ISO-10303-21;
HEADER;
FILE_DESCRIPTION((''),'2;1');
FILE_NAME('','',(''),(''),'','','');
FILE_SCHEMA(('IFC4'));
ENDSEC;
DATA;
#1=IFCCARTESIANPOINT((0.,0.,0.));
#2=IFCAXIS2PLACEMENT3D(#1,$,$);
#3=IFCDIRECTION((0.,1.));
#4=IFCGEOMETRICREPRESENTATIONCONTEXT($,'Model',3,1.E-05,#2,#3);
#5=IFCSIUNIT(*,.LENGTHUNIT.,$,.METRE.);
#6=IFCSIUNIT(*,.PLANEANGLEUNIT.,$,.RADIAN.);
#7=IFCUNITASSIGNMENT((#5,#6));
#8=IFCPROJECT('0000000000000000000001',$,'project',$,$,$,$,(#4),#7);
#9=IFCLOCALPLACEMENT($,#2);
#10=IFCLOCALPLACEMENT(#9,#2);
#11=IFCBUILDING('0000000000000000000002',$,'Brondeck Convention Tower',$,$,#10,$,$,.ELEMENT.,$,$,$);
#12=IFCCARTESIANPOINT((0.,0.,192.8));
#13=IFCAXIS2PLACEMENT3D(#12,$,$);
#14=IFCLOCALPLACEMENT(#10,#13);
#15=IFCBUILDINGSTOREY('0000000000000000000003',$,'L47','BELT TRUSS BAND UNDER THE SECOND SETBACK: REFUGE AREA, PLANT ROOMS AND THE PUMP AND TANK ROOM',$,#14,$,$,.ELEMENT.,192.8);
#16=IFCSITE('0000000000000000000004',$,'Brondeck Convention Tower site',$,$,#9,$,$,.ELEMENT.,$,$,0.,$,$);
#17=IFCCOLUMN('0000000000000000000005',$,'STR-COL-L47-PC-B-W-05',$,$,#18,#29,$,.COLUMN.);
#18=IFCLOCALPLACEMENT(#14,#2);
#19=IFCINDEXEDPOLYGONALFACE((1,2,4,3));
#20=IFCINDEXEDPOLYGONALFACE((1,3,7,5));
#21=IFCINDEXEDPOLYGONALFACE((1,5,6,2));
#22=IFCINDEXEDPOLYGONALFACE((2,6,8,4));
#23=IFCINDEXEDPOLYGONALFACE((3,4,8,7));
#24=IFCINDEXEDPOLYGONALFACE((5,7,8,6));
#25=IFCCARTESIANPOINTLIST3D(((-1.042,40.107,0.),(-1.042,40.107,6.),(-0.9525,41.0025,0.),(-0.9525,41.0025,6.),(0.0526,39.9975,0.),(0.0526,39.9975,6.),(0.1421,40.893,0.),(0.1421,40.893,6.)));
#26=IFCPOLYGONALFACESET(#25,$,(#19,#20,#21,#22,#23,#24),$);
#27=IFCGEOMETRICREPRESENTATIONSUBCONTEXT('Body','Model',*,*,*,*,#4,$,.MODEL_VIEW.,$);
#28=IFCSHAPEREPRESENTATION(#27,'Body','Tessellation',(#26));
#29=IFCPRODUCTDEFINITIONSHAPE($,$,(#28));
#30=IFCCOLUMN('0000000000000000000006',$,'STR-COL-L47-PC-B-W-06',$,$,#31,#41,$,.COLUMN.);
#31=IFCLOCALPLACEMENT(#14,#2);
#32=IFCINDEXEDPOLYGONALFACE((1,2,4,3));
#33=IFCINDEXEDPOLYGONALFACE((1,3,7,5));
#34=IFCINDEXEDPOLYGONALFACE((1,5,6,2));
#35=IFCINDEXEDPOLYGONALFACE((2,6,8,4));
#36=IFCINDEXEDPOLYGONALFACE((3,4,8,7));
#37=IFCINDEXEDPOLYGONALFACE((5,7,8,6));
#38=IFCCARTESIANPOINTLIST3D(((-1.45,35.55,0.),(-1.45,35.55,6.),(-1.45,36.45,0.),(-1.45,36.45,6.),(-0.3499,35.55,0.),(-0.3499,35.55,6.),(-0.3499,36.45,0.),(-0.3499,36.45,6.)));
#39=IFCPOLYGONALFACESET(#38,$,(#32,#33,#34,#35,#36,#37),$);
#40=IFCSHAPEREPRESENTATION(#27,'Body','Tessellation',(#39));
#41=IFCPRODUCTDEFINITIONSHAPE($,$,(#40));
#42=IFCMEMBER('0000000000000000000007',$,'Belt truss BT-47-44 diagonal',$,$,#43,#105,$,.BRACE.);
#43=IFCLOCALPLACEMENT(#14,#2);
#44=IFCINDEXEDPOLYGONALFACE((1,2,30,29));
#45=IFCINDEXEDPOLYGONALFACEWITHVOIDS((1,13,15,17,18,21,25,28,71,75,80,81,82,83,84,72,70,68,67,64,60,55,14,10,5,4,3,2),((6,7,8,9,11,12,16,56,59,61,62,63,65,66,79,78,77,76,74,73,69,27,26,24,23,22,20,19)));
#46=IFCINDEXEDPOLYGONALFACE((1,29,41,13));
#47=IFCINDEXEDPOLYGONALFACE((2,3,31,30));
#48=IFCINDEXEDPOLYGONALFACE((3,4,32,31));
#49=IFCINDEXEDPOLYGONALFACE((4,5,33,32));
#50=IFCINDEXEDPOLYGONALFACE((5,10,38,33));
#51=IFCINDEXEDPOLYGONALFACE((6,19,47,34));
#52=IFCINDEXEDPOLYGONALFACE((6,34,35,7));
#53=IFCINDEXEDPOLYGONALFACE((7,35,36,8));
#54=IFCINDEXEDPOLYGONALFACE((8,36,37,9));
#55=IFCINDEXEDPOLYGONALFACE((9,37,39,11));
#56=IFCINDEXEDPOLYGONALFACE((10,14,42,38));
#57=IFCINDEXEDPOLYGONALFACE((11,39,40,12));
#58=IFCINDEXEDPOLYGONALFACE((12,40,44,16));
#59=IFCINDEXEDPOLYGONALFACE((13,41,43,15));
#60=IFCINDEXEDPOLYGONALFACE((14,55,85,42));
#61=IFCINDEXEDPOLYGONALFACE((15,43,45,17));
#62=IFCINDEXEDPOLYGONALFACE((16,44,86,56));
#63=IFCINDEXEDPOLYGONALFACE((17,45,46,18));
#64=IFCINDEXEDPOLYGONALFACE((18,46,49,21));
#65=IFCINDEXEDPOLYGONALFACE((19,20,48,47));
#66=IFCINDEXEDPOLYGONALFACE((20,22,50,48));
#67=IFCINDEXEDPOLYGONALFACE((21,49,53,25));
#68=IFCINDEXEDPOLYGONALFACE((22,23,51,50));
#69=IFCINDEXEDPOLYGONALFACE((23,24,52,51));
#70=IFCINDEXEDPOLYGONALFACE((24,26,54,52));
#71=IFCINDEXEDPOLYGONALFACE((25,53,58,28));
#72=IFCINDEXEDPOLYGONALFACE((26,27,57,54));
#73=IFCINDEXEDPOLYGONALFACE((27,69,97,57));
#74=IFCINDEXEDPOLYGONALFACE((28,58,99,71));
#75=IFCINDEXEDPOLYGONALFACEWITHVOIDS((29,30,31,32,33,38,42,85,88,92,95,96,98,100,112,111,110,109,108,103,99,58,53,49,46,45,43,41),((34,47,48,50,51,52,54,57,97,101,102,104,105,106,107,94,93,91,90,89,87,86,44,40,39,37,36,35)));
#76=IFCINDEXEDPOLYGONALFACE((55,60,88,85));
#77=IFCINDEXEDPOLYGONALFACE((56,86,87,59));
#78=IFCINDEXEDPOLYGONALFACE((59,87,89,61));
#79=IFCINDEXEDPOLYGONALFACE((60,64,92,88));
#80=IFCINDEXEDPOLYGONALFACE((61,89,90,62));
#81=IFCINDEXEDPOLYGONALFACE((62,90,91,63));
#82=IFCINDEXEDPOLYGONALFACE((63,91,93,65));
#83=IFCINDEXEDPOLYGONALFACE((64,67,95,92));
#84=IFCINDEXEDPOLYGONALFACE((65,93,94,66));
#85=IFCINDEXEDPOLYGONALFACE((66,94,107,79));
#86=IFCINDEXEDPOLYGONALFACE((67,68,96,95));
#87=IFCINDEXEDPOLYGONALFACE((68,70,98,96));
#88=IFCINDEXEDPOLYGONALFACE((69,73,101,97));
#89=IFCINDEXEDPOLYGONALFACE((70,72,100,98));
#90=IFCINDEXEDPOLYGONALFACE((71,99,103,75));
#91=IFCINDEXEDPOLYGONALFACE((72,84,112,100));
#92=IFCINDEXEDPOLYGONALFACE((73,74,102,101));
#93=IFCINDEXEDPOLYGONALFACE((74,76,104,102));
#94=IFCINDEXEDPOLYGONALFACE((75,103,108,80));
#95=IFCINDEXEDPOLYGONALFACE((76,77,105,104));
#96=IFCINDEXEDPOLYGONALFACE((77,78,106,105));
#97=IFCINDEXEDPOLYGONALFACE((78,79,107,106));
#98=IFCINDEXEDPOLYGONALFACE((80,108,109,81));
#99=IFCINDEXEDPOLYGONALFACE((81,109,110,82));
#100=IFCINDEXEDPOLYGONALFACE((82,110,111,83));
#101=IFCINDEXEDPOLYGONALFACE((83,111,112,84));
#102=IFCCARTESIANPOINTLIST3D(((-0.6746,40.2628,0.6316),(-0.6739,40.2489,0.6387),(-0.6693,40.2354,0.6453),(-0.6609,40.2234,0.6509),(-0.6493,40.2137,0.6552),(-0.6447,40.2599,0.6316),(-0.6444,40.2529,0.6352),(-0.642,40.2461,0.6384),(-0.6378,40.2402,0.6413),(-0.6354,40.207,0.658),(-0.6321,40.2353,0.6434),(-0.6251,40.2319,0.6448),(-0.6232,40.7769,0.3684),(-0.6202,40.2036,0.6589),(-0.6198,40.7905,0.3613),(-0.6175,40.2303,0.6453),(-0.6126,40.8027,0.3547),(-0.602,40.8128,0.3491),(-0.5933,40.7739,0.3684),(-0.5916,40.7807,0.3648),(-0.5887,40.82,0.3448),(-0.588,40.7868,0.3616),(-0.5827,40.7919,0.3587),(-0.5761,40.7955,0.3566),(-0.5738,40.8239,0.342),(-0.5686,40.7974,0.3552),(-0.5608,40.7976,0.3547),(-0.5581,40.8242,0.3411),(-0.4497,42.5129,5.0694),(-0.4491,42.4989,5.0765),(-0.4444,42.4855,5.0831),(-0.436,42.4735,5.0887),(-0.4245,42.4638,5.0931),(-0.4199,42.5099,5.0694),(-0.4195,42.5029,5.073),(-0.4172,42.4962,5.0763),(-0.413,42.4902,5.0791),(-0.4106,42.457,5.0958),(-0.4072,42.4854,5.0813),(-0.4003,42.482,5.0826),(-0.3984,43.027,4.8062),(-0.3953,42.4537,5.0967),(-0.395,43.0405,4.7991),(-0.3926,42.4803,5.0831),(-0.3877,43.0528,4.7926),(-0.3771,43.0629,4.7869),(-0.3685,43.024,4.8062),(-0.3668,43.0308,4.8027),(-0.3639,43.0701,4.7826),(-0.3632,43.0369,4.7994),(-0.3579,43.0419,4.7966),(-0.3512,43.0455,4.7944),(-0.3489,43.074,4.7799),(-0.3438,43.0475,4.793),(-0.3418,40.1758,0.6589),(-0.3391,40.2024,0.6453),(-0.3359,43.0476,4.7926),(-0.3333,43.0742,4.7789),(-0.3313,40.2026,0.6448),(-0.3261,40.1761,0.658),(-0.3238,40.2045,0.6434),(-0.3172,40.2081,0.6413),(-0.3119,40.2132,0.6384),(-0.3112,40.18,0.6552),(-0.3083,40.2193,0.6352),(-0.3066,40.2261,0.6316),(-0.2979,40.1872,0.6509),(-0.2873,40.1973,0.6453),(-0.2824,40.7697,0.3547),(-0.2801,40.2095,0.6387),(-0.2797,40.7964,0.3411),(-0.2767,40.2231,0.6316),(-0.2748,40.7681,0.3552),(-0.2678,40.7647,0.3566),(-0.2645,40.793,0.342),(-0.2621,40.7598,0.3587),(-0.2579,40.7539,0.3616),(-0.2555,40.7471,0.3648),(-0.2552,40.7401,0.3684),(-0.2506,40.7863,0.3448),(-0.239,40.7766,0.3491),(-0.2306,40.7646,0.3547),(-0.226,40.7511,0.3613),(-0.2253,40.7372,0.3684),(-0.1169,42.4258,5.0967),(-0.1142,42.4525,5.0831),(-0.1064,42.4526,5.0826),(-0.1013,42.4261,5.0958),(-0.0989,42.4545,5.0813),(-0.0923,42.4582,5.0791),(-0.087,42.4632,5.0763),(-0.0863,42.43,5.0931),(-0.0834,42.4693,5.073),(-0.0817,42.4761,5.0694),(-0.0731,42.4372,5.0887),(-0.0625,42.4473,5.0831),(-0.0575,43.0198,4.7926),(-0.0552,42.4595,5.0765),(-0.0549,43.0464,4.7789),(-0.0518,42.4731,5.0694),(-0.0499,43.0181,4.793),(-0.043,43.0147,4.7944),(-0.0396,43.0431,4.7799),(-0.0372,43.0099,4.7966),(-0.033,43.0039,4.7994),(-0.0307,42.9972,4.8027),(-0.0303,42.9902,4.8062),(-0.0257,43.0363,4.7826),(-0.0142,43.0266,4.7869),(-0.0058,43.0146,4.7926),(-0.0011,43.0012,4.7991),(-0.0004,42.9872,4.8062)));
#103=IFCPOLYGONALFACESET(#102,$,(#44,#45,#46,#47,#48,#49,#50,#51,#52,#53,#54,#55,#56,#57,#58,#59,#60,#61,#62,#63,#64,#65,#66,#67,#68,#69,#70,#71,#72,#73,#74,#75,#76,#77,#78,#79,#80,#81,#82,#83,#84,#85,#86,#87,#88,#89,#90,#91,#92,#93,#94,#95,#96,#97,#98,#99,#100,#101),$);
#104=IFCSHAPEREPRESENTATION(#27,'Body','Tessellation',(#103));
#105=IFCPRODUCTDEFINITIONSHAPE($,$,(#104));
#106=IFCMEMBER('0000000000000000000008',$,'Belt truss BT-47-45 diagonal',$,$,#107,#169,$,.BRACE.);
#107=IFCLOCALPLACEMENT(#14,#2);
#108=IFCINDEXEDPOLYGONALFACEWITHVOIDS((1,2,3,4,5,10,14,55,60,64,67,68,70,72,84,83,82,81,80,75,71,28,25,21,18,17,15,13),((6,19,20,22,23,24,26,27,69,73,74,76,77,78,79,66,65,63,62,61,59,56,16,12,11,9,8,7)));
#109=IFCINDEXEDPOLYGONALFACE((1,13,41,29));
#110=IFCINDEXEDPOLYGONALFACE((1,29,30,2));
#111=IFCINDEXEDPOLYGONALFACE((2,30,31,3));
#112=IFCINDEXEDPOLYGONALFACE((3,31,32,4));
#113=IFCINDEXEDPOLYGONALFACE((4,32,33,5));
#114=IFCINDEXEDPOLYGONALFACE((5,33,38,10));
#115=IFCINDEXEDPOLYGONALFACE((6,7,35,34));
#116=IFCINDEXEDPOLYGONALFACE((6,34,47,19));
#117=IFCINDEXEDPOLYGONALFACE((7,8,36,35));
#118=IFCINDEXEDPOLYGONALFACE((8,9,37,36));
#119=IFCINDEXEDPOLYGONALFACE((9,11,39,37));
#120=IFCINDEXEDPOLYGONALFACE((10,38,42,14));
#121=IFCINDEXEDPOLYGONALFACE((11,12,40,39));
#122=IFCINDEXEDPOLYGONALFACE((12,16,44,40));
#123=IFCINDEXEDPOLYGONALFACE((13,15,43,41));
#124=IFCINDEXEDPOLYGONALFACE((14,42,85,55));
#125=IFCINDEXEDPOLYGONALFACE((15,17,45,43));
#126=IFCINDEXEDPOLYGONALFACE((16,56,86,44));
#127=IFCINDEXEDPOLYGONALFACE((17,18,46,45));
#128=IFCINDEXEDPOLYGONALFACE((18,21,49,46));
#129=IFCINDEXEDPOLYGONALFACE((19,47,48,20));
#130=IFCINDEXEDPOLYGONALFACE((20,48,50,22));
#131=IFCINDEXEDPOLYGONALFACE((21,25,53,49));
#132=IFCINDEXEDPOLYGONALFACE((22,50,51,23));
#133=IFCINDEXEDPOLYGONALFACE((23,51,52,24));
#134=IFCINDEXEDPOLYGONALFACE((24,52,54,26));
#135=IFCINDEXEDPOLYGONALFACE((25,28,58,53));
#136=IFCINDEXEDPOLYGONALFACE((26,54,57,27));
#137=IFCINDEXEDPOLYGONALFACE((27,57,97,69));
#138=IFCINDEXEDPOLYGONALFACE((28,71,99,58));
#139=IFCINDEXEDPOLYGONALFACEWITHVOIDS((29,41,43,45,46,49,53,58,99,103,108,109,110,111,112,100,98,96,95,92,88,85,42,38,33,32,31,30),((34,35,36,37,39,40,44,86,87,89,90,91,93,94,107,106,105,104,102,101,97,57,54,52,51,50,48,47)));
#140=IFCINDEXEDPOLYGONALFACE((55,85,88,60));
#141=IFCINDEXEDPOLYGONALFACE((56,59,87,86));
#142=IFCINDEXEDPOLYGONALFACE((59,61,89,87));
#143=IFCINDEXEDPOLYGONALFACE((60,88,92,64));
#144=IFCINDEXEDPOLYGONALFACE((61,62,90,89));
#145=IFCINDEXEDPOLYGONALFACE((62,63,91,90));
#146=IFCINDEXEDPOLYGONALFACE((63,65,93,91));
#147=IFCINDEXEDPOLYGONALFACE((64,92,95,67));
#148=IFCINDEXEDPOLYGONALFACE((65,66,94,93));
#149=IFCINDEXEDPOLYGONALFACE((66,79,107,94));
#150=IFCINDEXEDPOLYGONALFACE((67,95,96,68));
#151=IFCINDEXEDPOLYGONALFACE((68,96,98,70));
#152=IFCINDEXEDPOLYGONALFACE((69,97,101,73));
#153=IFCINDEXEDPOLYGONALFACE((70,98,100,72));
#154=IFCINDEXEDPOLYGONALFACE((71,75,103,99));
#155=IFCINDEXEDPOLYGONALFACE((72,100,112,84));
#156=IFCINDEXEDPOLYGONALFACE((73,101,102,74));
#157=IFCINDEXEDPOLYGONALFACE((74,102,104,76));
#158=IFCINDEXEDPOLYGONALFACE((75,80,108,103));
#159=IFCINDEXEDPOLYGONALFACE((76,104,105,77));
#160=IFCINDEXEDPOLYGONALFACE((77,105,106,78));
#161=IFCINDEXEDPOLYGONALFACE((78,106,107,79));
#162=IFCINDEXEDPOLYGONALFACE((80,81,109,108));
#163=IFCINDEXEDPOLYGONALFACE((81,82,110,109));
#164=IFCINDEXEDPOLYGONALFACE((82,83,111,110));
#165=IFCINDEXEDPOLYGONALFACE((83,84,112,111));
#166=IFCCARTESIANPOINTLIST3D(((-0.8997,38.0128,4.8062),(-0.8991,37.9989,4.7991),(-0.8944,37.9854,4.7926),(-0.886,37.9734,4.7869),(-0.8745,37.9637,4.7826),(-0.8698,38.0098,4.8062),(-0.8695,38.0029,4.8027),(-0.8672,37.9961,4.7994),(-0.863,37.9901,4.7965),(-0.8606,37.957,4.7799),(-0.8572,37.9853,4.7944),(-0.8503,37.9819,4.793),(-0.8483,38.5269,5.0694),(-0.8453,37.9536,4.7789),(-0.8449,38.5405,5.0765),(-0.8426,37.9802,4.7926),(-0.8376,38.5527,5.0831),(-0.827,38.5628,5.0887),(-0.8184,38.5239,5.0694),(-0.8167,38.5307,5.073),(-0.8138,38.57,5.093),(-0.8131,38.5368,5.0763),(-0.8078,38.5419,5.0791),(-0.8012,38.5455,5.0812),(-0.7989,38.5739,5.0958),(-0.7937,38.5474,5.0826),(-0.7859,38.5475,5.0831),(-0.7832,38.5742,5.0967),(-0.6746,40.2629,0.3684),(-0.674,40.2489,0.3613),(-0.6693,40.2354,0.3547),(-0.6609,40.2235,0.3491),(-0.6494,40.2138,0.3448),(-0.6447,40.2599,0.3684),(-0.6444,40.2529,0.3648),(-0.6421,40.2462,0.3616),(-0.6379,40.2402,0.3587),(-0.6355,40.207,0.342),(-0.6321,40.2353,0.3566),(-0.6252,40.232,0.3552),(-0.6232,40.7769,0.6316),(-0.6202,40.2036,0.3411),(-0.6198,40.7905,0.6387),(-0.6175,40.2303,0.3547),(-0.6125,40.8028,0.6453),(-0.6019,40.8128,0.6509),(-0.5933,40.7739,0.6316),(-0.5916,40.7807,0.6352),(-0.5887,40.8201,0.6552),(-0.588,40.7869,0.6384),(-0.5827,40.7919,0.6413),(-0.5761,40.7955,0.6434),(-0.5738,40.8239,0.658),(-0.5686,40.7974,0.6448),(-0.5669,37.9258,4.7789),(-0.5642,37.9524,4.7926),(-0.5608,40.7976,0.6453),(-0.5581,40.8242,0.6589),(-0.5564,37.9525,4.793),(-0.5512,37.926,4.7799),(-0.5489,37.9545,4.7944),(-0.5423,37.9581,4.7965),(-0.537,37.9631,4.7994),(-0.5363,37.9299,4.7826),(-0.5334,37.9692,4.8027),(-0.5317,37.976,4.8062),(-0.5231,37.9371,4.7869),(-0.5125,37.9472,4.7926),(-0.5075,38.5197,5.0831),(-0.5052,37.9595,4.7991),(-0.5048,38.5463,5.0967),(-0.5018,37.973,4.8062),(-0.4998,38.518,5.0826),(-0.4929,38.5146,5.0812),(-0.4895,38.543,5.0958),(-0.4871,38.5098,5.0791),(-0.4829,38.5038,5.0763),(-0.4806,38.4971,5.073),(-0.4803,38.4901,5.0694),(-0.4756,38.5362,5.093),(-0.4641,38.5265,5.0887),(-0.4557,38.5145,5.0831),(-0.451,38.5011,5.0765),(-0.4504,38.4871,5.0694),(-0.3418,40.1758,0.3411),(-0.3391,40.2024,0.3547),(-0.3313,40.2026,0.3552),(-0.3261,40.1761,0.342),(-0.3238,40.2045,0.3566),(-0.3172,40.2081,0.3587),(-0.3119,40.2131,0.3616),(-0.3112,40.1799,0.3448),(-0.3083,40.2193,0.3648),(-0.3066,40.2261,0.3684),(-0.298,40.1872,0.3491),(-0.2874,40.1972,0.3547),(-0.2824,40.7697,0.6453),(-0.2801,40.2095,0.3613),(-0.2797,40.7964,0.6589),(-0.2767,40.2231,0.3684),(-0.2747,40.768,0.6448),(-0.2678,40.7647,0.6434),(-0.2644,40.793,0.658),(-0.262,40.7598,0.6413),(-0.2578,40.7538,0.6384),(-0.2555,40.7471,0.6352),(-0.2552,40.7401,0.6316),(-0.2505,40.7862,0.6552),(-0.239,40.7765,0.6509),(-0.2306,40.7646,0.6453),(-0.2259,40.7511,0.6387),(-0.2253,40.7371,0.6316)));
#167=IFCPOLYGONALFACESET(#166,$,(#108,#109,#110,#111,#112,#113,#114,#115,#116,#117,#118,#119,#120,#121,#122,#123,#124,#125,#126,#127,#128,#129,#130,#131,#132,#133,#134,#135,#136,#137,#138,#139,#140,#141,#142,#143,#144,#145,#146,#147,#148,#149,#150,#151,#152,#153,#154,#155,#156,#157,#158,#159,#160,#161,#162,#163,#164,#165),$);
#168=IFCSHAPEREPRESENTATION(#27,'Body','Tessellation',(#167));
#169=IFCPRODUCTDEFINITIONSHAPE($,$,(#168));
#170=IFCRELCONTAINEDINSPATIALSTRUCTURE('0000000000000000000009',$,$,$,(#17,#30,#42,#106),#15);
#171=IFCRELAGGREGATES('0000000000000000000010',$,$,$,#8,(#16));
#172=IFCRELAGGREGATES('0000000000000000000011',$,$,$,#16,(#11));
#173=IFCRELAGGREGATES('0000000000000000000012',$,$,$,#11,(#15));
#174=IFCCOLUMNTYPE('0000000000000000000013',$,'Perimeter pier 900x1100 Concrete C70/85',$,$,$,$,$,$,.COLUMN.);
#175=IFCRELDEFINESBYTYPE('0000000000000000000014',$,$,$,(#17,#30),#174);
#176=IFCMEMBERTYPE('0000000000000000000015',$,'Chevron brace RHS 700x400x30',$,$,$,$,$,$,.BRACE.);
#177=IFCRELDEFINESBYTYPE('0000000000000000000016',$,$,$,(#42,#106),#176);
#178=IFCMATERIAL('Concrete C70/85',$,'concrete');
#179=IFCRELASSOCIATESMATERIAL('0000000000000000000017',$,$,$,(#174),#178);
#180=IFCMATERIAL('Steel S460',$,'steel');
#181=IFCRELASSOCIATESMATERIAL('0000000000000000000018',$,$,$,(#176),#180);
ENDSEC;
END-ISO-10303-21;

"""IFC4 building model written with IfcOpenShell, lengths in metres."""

from ifc_helpers import new_model, si_unit, direction, frame, origin, origin_2d, place, context, subcontext, project, spatial, rectangle, hollow_rectangle, extrude, material, material_profile, profile_set, type_object, element, save


model = new_model("IFC4")

# Units and contexts
model_context = context("Model", 3, precision=1e-05, world=origin(), true_north=direction((0.0, 1.0)))
body_context = subcontext(model_context, "Body", "Model", "MODEL_VIEW")
ifc_project = project(units=[si_unit("LENGTHUNIT", "METRE"), si_unit("PLANEANGLEUNIT", "RADIAN")], contexts=[model_context])

# Site, building, storey
site_placement = place(None, origin())
site = spatial("IfcSite", under=ifc_project, at=site_placement, Name="Brondeck Convention Tower site", CompositionType="ELEMENT", RefElevation=0.0)
building_placement = place(site_placement, origin())
building = spatial("IfcBuilding", under=site, at=building_placement, Name="Brondeck Convention Tower", CompositionType="ELEMENT")
storey_placement = place(building_placement, frame((0.0, 0.0, 192.8)))
storey = spatial("IfcBuildingStorey", under=building, at=storey_placement, Name="L47", Description="BELT TRUSS BAND UNDER THE SECOND SETBACK: REFUGE AREA, PLANT ROOMS AND THE PUMP AND TANK ROOM", CompositionType="ELEMENT", Elevation=192.8)

# Columns
ifc_material_1 = material(Name="Concrete C70/85", Category="concrete")
ifc_material_profile_1 = material_profile(ifc_material_1, rectangle(XDim=0.8999, YDim=1.1001, at=origin_2d()), Name="Perimeter pier 900x1100 Concrete C70/85")
ifc_profile_set_1 = profile_set([ifc_material_profile_1], Name="Concrete C70/85")
column_type = type_object("IfcColumnType", Name="Perimeter pier 900x1100 Concrete C70/85", PredefinedType="COLUMN", material=ifc_profile_set_1)
for number, where, z_axis, x_axis, name in (
    (1, (-0.45, 40.5, 0.0), (0.0, 0.0, 1.0), (-0.099504, -0.995037, 0.0), "STR-COL-L47-PC-B-W-05"),
    (2, (-0.8999, 36.0, 0.0), (0.0, 0.0, 1.0), (0.0, -1.0, 0.0), "STR-COL-L47-PC-B-W-06"),
):
    element("IfcColumn", number, at=place(storey_placement, frame(where, z_axis=z_axis, x_axis=x_axis)), inside=storey, type_object=column_type, Name=name, PredefinedType="COLUMN", context=body_context, shape_type="SweptSolid", body=[
        extrude(rectangle(XDim=0.8999, YDim=1.1001, at=origin_2d()), origin(), (0.0, 0.0, 1.0), 6.0),
    ])

# Members
ifc_material_2 = material(Name="Steel S460", Category="steel")
ifc_material_profile_2 = material_profile(ifc_material_2, hollow_rectangle(XDim=0.3999, YDim=0.7, WallThickness=0.03, InnerFilletRadius=0.03, OuterFilletRadius=0.0601, at=origin_2d()), Name="RHS 700x400x30")
ifc_profile_set_2 = profile_set([ifc_material_profile_2], Name="Steel S460")
member_type_1 = type_object("IfcMemberType", Name="Chevron brace RHS 700x400x30", PredefinedType="BRACE", material=ifc_profile_set_2)
for number, where, z_axis, x_axis, name in (
    (3, (-0.45, 40.5, 0.5), (0.045146, 0.45175, 0.891001), (-0.995044, 0.09944, 0.0), "Belt truss BT-47-44 diagonal"),
    (4, (-0.45, 40.5, 0.5), (-0.045195, -0.451749, 0.890999), (0.995033, -0.099546, 0.0), "Belt truss BT-47-45 diagonal"),
):
    element("IfcMember", number, at=place(storey_placement, frame(where, z_axis=z_axis, x_axis=x_axis)), inside=storey, type_object=member_type_1, Name=name, PredefinedType="BRACE", context=body_context, shape_type="SweptSolid", body=[
        extrude(hollow_rectangle(XDim=0.3999, YDim=0.7, WallThickness=0.03, InnerFilletRadius=0.03, OuterFilletRadius=0.0601, at=origin_2d()), origin(), (0.0, 0.0, 1.0), 4.9807),
    ])

save(model, "model.ifc")
